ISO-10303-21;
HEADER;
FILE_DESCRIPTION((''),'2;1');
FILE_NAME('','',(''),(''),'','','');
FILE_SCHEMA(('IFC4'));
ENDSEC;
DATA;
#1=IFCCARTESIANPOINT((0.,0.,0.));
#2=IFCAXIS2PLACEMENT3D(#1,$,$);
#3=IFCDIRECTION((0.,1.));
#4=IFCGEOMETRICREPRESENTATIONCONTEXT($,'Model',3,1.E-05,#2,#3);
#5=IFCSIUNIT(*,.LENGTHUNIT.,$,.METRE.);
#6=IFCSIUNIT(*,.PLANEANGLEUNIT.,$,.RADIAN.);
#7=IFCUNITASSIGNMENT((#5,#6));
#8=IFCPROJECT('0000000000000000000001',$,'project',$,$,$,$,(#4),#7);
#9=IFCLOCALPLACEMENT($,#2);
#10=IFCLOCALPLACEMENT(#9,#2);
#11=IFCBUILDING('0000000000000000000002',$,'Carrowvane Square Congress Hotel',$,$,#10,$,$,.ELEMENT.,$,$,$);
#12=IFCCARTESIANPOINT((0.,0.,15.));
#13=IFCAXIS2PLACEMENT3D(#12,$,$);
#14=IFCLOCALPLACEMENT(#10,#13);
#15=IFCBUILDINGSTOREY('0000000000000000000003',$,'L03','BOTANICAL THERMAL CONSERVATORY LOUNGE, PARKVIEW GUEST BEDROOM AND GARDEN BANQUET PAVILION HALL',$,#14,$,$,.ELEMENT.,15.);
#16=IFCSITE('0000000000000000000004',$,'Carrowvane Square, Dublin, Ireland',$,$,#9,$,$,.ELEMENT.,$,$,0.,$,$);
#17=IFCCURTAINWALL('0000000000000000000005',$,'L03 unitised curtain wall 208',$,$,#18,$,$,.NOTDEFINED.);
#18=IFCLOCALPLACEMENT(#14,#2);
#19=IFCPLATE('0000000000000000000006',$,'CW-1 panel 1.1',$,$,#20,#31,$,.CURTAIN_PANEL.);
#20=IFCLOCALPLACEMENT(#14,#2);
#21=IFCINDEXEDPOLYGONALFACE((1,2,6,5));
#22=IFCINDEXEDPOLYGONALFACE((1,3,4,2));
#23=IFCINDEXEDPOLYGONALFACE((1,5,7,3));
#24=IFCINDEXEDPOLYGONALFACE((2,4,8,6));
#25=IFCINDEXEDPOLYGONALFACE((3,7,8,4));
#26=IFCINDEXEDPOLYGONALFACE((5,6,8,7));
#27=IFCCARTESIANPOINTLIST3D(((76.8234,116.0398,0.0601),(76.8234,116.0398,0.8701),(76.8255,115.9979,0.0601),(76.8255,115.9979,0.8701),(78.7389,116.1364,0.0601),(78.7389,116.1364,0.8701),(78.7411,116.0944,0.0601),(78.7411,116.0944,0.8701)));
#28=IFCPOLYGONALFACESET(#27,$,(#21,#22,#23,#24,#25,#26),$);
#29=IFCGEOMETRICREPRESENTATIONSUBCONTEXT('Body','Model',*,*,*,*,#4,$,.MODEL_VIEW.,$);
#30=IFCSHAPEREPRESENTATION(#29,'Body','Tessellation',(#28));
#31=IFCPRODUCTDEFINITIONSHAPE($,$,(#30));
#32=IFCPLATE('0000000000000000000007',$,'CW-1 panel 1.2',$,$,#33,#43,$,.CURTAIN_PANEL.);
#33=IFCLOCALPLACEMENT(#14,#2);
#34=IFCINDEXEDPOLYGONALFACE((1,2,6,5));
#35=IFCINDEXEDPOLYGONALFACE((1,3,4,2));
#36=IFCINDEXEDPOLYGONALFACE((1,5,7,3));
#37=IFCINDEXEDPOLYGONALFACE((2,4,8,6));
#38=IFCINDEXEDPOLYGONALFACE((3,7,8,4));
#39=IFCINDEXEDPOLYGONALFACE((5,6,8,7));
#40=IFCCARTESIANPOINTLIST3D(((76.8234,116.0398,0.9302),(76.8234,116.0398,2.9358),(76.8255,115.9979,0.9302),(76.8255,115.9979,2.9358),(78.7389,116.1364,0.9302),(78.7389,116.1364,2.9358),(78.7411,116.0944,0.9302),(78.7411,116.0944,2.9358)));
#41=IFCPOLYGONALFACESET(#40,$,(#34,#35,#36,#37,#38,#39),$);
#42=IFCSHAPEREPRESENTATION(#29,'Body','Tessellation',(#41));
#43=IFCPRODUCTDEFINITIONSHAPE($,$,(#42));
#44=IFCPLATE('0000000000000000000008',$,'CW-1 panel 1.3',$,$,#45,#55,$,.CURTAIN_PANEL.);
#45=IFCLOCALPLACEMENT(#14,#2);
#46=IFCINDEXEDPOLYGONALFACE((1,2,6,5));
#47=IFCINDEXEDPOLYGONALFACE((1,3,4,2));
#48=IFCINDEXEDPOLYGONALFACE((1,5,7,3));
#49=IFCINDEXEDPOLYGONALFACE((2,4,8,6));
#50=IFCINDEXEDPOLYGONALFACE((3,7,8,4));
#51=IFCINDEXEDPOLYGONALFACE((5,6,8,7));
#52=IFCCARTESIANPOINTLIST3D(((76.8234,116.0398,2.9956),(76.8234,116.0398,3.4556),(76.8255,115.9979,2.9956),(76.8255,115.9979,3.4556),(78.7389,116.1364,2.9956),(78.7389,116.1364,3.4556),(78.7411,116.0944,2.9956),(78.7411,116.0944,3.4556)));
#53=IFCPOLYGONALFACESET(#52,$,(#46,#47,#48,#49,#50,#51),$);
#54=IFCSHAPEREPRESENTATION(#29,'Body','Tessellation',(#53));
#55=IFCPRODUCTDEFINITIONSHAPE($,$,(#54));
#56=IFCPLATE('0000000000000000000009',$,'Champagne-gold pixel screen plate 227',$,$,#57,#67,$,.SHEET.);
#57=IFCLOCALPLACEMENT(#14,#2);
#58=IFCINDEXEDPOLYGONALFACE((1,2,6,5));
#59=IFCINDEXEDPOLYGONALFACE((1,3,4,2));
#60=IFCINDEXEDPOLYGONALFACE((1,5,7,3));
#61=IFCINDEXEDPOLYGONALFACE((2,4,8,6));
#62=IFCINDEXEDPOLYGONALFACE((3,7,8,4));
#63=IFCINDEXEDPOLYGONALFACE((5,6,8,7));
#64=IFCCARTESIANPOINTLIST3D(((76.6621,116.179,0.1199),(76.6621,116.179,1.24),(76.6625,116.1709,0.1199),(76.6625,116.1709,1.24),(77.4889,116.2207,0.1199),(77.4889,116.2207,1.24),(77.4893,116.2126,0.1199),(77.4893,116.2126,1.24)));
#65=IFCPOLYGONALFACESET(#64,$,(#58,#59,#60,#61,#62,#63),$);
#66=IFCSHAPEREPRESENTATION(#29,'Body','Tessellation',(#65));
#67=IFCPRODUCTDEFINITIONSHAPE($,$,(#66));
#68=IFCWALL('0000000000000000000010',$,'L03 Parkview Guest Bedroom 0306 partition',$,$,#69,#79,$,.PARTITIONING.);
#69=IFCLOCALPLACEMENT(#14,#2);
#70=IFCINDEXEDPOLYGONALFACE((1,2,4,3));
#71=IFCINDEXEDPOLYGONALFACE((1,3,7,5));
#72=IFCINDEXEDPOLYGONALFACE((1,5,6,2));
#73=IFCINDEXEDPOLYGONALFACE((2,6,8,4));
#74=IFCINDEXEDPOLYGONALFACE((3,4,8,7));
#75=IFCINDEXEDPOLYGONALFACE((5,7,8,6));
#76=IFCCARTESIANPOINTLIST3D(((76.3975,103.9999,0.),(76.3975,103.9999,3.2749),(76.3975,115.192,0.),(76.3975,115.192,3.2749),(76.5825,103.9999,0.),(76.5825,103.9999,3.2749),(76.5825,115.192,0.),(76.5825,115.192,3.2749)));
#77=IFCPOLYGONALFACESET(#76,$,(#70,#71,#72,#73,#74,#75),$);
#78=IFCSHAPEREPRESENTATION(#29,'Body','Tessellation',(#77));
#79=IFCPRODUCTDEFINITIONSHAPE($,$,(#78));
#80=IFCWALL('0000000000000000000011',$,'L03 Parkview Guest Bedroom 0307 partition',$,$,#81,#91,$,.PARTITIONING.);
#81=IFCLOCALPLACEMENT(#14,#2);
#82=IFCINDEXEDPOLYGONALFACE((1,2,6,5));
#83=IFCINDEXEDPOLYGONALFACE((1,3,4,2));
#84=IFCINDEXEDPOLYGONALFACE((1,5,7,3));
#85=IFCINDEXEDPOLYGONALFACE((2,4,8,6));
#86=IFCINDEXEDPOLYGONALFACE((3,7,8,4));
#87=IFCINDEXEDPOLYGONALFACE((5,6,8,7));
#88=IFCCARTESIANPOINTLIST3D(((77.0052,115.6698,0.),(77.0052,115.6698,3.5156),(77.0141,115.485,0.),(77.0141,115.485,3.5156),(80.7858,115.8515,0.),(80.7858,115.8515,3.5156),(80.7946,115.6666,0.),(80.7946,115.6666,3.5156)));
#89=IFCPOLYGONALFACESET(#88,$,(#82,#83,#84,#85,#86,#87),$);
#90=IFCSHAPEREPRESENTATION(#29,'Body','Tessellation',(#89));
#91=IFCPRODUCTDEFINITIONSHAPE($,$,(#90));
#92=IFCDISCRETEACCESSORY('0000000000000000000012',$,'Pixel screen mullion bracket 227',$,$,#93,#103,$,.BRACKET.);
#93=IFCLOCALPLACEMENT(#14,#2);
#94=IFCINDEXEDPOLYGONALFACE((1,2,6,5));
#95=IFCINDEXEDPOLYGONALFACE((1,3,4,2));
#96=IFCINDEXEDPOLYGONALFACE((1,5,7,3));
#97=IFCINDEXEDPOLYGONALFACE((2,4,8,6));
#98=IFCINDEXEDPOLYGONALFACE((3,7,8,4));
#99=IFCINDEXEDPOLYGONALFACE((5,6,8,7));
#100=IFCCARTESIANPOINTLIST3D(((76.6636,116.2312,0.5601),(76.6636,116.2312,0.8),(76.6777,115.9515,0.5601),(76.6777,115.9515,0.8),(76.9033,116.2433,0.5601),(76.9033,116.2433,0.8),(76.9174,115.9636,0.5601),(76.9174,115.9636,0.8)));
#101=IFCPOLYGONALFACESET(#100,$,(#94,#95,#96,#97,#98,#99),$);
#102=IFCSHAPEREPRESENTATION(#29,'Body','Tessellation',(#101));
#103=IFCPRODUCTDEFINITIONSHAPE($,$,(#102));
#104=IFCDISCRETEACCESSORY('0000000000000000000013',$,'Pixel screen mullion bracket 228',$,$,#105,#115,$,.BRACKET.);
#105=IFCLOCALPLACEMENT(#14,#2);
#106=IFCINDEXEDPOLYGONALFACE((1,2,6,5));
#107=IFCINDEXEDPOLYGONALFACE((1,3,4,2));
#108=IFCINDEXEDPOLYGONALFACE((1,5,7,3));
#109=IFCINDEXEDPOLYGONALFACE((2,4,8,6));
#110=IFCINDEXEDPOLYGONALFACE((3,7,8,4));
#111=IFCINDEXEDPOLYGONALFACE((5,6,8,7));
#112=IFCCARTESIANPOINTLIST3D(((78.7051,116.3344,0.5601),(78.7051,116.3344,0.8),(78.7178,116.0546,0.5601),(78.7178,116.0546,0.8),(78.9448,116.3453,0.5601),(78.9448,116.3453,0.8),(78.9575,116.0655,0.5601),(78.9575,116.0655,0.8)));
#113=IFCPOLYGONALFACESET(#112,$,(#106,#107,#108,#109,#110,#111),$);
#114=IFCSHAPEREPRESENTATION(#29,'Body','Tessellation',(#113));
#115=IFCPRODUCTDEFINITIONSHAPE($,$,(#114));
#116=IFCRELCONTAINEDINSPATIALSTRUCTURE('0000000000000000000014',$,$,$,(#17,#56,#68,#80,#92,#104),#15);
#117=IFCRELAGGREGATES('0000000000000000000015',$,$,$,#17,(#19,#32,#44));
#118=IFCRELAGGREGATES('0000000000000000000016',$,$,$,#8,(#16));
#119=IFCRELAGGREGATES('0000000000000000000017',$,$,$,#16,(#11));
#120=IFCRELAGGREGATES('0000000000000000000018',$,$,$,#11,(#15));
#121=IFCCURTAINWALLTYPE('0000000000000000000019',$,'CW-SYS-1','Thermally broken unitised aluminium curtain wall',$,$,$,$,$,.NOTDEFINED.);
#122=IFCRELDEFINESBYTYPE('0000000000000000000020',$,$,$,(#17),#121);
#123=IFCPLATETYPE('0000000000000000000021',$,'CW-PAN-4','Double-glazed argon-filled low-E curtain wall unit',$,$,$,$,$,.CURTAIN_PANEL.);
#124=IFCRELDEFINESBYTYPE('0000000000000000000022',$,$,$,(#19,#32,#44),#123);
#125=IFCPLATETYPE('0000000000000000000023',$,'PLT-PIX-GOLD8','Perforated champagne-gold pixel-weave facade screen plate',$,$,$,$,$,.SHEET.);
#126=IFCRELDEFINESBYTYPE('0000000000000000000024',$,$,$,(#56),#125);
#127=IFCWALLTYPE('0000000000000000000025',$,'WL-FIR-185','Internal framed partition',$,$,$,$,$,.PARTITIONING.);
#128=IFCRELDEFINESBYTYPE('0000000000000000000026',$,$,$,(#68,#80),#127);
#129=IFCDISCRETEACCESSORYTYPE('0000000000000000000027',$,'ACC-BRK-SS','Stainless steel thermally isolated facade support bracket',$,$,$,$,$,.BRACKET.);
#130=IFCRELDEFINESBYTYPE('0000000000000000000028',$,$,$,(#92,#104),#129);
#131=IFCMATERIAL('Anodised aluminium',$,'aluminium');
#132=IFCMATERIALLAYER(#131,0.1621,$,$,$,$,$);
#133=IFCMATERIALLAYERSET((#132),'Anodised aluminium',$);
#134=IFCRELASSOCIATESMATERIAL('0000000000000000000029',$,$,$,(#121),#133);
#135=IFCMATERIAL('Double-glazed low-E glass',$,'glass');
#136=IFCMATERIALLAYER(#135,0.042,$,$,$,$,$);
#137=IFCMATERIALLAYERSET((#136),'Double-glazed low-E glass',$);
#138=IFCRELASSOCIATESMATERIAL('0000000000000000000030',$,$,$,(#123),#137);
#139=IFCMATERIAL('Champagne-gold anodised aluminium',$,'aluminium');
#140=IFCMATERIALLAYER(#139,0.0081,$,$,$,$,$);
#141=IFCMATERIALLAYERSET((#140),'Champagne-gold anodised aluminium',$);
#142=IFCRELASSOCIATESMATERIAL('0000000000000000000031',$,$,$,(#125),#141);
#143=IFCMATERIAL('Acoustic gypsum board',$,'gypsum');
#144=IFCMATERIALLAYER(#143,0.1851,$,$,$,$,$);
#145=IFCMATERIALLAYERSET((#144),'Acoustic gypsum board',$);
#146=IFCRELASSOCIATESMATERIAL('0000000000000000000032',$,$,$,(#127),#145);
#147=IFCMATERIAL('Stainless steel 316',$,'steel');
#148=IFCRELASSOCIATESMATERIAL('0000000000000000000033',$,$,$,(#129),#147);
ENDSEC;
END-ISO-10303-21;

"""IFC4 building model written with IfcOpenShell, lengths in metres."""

from ifc_helpers import new_model, si_unit, direction, frame, frame_2d, origin, origin_2d, place, context, subcontext, project, spatial, rectangle, extrude, material, layer, layer_set, type_object, element, aggregate, save


model = new_model("IFC4")

# Units and contexts
model_context = context("Model", 3, precision=1e-05, world=origin(), true_north=direction((0.0, 1.0)))
body_context = subcontext(model_context, "Body", "Model", "MODEL_VIEW")
ifc_project = project(units=[si_unit("LENGTHUNIT", "METRE"), si_unit("PLANEANGLEUNIT", "RADIAN")], contexts=[model_context])

# Site, building, storey
site_placement = place(None, origin())
site = spatial("IfcSite", under=ifc_project, at=site_placement, Name="Carrowvane Square, Dublin, Ireland", CompositionType="ELEMENT", RefElevation=0.0)
building_placement = place(site_placement, origin())
building = spatial("IfcBuilding", under=site, at=building_placement, Name="Carrowvane Square Congress Hotel", CompositionType="ELEMENT")
storey_placement = place(building_placement, frame((0.0, 0.0, 15.0)))
storey = spatial("IfcBuildingStorey", under=building, at=storey_placement, Name="L03", Description="BOTANICAL THERMAL CONSERVATORY LOUNGE, PARKVIEW GUEST BEDROOM AND GARDEN BANQUET PAVILION HALL", CompositionType="ELEMENT", Elevation=15.0)

# Curtain wall
ifc_material_1 = material(Name="Anodised aluminium", Category="aluminium")
ifc_layer_1 = layer(ifc_material_1, 0.1621)
ifc_layer_set_1 = layer_set([ifc_layer_1], Name="Anodised aluminium")
curtain_wall_type_1 = type_object("IfcCurtainWallType", Name="CW-SYS-1", Description="Thermally broken unitised aluminium curtain wall", PredefinedType="NOTDEFINED", material=ifc_layer_set_1)
curtain_wall_1_placement = place(storey_placement, origin())
curtain_wall_1 = element("IfcCurtainWall", 1, at=curtain_wall_1_placement, inside=storey, type_object=curtain_wall_type_1, Name="L03 unitised curtain wall 208", PredefinedType="NOTDEFINED")

# Plates
ifc_material_2 = material(Name="Double-glazed low-E glass", Category="glass")
ifc_layer_2 = layer(ifc_material_2, 0.042)
ifc_layer_set_2 = layer_set([ifc_layer_2], Name="Double-glazed low-E glass")
plate_type_1 = type_object("IfcPlateType", Name="CW-PAN-4", Description="Double-glazed argon-filled low-E curtain wall unit", PredefinedType="CURTAIN_PANEL", material=ifc_layer_set_2)
plate_1_placement = place(storey_placement, frame((77.7822, 116.0671, 0.0601), z_axis=(0.0, 0.0, 1.0), x_axis=(0.998733, 0.050324, 0.0)))
plate_1 = element("IfcPlate", 2, at=plate_1_placement, type_object=plate_type_1, Name="CW-1 panel 1.1", PredefinedType="CURTAIN_PANEL", context=body_context, shape_type="SweptSolid", body=[
    extrude(rectangle(XDim=1.918, YDim=0.042, at=origin_2d()), origin(), (0.0, 0.0, 1.0), 0.8101),
])
plate_2_placement = place(storey_placement, frame((77.7822, 116.0671, 0.9302), z_axis=(0.0, 0.0, 1.0), x_axis=(0.998733, 0.050324, 0.0)))
plate_2 = element("IfcPlate", 3, at=plate_2_placement, type_object=plate_type_1, Name="CW-1 panel 1.2", PredefinedType="CURTAIN_PANEL", context=body_context, shape_type="SweptSolid", body=[
    extrude(rectangle(XDim=1.918, YDim=0.042, at=origin_2d()), origin(), (0.0, 0.0, 1.0), 2.0056),
])
plate_3_placement = place(storey_placement, frame((77.7822, 116.0671, 2.9956), z_axis=(0.0, 0.0, 1.0), x_axis=(0.998733, 0.050324, 0.0)))
plate_3 = element("IfcPlate", 4, at=plate_3_placement, type_object=plate_type_1, Name="CW-1 panel 1.3", PredefinedType="CURTAIN_PANEL", context=body_context, shape_type="SweptSolid", body=[
    extrude(rectangle(XDim=1.918, YDim=0.042, at=origin_2d()), origin(), (0.0, 0.0, 1.0), 0.46),
])
aggregate(curtain_wall_1, [plate_1, plate_2, plate_3])
ifc_material_3 = material(Name="Champagne-gold anodised aluminium", Category="aluminium")
ifc_layer_3 = layer(ifc_material_3, 0.0081)
ifc_layer_set_3 = layer_set([ifc_layer_3], Name="Champagne-gold anodised aluminium")
plate_type_2 = type_object("IfcPlateType", Name="PLT-PIX-GOLD8", Description="Perforated champagne-gold pixel-weave facade screen plate", PredefinedType="SHEET", material=ifc_layer_set_3)
plate_4_placement = place(storey_placement, frame((77.0757, 116.1958, 0.1199), z_axis=(0.0, 0.0, 1.0), x_axis=(0.998733, 0.050322, 0.0)))
element("IfcPlate", 5, at=plate_4_placement, inside=storey, type_object=plate_type_2, Name="Champagne-gold pixel screen plate 227", PredefinedType="SHEET", context=body_context, shape_type="SweptSolid", body=[
    extrude(rectangle(XDim=0.8279, YDim=0.0081, at=origin_2d()), origin(), (0.0, 0.0, 1.0), 1.1201),
])

# Walls
ifc_material_4 = material(Name="Acoustic gypsum board", Category="gypsum")
ifc_layer_4 = layer(ifc_material_4, 0.1851)
ifc_layer_set_4 = layer_set([ifc_layer_4], Name="Acoustic gypsum board")
wall_type = type_object("IfcWallType", Name="WL-FIR-185", Description="Internal framed partition", PredefinedType="PARTITIONING", material=ifc_layer_set_4)
wall_1_placement = place(storey_placement, frame((76.49, 115.1921, 0.0), z_axis=(0.0, 0.0, 1.0), x_axis=(0.0, -1.0, 0.0)))
element("IfcWall", 6, at=wall_1_placement, inside=storey, type_object=wall_type, Name="L03 Parkview Guest Bedroom 0306 partition", PredefinedType="PARTITIONING", context=body_context, shape_type="SweptSolid", body=[
    extrude(rectangle(XDim=11.1921, YDim=0.1851, at=frame_2d((5.5962, 0.0))), origin(), (0.0, 0.0, 1.0), 3.2749),
])
wall_2_placement = place(storey_placement, frame((77.0095, 115.5774, 0.0), z_axis=(0.0, 0.0, 1.0), x_axis=(0.998848, 0.047991, 0.0)))
element("IfcWall", 7, at=wall_2_placement, inside=storey, type_object=wall_type, Name="L03 Parkview Guest Bedroom 0307 partition", PredefinedType="PARTITIONING", context=body_context, shape_type="SweptSolid", body=[
    extrude(rectangle(XDim=3.7849, YDim=0.1851, at=frame_2d((1.8926, 0.0))), origin(), (0.0, 0.0, 1.0), 3.5156),
])

# Discrete accessories
ifc_material_5 = material(Name="Stainless steel 316", Category="steel")
discrete_accessory_type = type_object("IfcDiscreteAccessoryType", Name="ACC-BRK-SS", Description="Stainless steel thermally isolated facade support bracket", PredefinedType="BRACKET", material=ifc_material_5)
for number, where, z_axis, x_axis, name in (
    (8, (76.7905, 116.0974, 0.5601), (0.0, 0.0, 1.0), (0.998733, 0.050322, 0.0), "Pixel screen mullion bracket 227"),
    (9, (78.8313, 116.2, 0.5601), (0.0, 0.0, 1.0), (0.998968, 0.045414, 0.0), "Pixel screen mullion bracket 228"),
):
    element("IfcDiscreteAccessory", number, at=place(storey_placement, frame(where, z_axis=z_axis, x_axis=x_axis)), inside=storey, type_object=discrete_accessory_type, Name=name, PredefinedType="BRACKET", context=body_context, shape_type="SweptSolid", body=[
        extrude(rectangle(XDim=0.24, YDim=0.28, at=origin_2d()), origin(), (0.0, 0.0, 1.0), 0.24),
    ])

save(model, "model.ifc")
